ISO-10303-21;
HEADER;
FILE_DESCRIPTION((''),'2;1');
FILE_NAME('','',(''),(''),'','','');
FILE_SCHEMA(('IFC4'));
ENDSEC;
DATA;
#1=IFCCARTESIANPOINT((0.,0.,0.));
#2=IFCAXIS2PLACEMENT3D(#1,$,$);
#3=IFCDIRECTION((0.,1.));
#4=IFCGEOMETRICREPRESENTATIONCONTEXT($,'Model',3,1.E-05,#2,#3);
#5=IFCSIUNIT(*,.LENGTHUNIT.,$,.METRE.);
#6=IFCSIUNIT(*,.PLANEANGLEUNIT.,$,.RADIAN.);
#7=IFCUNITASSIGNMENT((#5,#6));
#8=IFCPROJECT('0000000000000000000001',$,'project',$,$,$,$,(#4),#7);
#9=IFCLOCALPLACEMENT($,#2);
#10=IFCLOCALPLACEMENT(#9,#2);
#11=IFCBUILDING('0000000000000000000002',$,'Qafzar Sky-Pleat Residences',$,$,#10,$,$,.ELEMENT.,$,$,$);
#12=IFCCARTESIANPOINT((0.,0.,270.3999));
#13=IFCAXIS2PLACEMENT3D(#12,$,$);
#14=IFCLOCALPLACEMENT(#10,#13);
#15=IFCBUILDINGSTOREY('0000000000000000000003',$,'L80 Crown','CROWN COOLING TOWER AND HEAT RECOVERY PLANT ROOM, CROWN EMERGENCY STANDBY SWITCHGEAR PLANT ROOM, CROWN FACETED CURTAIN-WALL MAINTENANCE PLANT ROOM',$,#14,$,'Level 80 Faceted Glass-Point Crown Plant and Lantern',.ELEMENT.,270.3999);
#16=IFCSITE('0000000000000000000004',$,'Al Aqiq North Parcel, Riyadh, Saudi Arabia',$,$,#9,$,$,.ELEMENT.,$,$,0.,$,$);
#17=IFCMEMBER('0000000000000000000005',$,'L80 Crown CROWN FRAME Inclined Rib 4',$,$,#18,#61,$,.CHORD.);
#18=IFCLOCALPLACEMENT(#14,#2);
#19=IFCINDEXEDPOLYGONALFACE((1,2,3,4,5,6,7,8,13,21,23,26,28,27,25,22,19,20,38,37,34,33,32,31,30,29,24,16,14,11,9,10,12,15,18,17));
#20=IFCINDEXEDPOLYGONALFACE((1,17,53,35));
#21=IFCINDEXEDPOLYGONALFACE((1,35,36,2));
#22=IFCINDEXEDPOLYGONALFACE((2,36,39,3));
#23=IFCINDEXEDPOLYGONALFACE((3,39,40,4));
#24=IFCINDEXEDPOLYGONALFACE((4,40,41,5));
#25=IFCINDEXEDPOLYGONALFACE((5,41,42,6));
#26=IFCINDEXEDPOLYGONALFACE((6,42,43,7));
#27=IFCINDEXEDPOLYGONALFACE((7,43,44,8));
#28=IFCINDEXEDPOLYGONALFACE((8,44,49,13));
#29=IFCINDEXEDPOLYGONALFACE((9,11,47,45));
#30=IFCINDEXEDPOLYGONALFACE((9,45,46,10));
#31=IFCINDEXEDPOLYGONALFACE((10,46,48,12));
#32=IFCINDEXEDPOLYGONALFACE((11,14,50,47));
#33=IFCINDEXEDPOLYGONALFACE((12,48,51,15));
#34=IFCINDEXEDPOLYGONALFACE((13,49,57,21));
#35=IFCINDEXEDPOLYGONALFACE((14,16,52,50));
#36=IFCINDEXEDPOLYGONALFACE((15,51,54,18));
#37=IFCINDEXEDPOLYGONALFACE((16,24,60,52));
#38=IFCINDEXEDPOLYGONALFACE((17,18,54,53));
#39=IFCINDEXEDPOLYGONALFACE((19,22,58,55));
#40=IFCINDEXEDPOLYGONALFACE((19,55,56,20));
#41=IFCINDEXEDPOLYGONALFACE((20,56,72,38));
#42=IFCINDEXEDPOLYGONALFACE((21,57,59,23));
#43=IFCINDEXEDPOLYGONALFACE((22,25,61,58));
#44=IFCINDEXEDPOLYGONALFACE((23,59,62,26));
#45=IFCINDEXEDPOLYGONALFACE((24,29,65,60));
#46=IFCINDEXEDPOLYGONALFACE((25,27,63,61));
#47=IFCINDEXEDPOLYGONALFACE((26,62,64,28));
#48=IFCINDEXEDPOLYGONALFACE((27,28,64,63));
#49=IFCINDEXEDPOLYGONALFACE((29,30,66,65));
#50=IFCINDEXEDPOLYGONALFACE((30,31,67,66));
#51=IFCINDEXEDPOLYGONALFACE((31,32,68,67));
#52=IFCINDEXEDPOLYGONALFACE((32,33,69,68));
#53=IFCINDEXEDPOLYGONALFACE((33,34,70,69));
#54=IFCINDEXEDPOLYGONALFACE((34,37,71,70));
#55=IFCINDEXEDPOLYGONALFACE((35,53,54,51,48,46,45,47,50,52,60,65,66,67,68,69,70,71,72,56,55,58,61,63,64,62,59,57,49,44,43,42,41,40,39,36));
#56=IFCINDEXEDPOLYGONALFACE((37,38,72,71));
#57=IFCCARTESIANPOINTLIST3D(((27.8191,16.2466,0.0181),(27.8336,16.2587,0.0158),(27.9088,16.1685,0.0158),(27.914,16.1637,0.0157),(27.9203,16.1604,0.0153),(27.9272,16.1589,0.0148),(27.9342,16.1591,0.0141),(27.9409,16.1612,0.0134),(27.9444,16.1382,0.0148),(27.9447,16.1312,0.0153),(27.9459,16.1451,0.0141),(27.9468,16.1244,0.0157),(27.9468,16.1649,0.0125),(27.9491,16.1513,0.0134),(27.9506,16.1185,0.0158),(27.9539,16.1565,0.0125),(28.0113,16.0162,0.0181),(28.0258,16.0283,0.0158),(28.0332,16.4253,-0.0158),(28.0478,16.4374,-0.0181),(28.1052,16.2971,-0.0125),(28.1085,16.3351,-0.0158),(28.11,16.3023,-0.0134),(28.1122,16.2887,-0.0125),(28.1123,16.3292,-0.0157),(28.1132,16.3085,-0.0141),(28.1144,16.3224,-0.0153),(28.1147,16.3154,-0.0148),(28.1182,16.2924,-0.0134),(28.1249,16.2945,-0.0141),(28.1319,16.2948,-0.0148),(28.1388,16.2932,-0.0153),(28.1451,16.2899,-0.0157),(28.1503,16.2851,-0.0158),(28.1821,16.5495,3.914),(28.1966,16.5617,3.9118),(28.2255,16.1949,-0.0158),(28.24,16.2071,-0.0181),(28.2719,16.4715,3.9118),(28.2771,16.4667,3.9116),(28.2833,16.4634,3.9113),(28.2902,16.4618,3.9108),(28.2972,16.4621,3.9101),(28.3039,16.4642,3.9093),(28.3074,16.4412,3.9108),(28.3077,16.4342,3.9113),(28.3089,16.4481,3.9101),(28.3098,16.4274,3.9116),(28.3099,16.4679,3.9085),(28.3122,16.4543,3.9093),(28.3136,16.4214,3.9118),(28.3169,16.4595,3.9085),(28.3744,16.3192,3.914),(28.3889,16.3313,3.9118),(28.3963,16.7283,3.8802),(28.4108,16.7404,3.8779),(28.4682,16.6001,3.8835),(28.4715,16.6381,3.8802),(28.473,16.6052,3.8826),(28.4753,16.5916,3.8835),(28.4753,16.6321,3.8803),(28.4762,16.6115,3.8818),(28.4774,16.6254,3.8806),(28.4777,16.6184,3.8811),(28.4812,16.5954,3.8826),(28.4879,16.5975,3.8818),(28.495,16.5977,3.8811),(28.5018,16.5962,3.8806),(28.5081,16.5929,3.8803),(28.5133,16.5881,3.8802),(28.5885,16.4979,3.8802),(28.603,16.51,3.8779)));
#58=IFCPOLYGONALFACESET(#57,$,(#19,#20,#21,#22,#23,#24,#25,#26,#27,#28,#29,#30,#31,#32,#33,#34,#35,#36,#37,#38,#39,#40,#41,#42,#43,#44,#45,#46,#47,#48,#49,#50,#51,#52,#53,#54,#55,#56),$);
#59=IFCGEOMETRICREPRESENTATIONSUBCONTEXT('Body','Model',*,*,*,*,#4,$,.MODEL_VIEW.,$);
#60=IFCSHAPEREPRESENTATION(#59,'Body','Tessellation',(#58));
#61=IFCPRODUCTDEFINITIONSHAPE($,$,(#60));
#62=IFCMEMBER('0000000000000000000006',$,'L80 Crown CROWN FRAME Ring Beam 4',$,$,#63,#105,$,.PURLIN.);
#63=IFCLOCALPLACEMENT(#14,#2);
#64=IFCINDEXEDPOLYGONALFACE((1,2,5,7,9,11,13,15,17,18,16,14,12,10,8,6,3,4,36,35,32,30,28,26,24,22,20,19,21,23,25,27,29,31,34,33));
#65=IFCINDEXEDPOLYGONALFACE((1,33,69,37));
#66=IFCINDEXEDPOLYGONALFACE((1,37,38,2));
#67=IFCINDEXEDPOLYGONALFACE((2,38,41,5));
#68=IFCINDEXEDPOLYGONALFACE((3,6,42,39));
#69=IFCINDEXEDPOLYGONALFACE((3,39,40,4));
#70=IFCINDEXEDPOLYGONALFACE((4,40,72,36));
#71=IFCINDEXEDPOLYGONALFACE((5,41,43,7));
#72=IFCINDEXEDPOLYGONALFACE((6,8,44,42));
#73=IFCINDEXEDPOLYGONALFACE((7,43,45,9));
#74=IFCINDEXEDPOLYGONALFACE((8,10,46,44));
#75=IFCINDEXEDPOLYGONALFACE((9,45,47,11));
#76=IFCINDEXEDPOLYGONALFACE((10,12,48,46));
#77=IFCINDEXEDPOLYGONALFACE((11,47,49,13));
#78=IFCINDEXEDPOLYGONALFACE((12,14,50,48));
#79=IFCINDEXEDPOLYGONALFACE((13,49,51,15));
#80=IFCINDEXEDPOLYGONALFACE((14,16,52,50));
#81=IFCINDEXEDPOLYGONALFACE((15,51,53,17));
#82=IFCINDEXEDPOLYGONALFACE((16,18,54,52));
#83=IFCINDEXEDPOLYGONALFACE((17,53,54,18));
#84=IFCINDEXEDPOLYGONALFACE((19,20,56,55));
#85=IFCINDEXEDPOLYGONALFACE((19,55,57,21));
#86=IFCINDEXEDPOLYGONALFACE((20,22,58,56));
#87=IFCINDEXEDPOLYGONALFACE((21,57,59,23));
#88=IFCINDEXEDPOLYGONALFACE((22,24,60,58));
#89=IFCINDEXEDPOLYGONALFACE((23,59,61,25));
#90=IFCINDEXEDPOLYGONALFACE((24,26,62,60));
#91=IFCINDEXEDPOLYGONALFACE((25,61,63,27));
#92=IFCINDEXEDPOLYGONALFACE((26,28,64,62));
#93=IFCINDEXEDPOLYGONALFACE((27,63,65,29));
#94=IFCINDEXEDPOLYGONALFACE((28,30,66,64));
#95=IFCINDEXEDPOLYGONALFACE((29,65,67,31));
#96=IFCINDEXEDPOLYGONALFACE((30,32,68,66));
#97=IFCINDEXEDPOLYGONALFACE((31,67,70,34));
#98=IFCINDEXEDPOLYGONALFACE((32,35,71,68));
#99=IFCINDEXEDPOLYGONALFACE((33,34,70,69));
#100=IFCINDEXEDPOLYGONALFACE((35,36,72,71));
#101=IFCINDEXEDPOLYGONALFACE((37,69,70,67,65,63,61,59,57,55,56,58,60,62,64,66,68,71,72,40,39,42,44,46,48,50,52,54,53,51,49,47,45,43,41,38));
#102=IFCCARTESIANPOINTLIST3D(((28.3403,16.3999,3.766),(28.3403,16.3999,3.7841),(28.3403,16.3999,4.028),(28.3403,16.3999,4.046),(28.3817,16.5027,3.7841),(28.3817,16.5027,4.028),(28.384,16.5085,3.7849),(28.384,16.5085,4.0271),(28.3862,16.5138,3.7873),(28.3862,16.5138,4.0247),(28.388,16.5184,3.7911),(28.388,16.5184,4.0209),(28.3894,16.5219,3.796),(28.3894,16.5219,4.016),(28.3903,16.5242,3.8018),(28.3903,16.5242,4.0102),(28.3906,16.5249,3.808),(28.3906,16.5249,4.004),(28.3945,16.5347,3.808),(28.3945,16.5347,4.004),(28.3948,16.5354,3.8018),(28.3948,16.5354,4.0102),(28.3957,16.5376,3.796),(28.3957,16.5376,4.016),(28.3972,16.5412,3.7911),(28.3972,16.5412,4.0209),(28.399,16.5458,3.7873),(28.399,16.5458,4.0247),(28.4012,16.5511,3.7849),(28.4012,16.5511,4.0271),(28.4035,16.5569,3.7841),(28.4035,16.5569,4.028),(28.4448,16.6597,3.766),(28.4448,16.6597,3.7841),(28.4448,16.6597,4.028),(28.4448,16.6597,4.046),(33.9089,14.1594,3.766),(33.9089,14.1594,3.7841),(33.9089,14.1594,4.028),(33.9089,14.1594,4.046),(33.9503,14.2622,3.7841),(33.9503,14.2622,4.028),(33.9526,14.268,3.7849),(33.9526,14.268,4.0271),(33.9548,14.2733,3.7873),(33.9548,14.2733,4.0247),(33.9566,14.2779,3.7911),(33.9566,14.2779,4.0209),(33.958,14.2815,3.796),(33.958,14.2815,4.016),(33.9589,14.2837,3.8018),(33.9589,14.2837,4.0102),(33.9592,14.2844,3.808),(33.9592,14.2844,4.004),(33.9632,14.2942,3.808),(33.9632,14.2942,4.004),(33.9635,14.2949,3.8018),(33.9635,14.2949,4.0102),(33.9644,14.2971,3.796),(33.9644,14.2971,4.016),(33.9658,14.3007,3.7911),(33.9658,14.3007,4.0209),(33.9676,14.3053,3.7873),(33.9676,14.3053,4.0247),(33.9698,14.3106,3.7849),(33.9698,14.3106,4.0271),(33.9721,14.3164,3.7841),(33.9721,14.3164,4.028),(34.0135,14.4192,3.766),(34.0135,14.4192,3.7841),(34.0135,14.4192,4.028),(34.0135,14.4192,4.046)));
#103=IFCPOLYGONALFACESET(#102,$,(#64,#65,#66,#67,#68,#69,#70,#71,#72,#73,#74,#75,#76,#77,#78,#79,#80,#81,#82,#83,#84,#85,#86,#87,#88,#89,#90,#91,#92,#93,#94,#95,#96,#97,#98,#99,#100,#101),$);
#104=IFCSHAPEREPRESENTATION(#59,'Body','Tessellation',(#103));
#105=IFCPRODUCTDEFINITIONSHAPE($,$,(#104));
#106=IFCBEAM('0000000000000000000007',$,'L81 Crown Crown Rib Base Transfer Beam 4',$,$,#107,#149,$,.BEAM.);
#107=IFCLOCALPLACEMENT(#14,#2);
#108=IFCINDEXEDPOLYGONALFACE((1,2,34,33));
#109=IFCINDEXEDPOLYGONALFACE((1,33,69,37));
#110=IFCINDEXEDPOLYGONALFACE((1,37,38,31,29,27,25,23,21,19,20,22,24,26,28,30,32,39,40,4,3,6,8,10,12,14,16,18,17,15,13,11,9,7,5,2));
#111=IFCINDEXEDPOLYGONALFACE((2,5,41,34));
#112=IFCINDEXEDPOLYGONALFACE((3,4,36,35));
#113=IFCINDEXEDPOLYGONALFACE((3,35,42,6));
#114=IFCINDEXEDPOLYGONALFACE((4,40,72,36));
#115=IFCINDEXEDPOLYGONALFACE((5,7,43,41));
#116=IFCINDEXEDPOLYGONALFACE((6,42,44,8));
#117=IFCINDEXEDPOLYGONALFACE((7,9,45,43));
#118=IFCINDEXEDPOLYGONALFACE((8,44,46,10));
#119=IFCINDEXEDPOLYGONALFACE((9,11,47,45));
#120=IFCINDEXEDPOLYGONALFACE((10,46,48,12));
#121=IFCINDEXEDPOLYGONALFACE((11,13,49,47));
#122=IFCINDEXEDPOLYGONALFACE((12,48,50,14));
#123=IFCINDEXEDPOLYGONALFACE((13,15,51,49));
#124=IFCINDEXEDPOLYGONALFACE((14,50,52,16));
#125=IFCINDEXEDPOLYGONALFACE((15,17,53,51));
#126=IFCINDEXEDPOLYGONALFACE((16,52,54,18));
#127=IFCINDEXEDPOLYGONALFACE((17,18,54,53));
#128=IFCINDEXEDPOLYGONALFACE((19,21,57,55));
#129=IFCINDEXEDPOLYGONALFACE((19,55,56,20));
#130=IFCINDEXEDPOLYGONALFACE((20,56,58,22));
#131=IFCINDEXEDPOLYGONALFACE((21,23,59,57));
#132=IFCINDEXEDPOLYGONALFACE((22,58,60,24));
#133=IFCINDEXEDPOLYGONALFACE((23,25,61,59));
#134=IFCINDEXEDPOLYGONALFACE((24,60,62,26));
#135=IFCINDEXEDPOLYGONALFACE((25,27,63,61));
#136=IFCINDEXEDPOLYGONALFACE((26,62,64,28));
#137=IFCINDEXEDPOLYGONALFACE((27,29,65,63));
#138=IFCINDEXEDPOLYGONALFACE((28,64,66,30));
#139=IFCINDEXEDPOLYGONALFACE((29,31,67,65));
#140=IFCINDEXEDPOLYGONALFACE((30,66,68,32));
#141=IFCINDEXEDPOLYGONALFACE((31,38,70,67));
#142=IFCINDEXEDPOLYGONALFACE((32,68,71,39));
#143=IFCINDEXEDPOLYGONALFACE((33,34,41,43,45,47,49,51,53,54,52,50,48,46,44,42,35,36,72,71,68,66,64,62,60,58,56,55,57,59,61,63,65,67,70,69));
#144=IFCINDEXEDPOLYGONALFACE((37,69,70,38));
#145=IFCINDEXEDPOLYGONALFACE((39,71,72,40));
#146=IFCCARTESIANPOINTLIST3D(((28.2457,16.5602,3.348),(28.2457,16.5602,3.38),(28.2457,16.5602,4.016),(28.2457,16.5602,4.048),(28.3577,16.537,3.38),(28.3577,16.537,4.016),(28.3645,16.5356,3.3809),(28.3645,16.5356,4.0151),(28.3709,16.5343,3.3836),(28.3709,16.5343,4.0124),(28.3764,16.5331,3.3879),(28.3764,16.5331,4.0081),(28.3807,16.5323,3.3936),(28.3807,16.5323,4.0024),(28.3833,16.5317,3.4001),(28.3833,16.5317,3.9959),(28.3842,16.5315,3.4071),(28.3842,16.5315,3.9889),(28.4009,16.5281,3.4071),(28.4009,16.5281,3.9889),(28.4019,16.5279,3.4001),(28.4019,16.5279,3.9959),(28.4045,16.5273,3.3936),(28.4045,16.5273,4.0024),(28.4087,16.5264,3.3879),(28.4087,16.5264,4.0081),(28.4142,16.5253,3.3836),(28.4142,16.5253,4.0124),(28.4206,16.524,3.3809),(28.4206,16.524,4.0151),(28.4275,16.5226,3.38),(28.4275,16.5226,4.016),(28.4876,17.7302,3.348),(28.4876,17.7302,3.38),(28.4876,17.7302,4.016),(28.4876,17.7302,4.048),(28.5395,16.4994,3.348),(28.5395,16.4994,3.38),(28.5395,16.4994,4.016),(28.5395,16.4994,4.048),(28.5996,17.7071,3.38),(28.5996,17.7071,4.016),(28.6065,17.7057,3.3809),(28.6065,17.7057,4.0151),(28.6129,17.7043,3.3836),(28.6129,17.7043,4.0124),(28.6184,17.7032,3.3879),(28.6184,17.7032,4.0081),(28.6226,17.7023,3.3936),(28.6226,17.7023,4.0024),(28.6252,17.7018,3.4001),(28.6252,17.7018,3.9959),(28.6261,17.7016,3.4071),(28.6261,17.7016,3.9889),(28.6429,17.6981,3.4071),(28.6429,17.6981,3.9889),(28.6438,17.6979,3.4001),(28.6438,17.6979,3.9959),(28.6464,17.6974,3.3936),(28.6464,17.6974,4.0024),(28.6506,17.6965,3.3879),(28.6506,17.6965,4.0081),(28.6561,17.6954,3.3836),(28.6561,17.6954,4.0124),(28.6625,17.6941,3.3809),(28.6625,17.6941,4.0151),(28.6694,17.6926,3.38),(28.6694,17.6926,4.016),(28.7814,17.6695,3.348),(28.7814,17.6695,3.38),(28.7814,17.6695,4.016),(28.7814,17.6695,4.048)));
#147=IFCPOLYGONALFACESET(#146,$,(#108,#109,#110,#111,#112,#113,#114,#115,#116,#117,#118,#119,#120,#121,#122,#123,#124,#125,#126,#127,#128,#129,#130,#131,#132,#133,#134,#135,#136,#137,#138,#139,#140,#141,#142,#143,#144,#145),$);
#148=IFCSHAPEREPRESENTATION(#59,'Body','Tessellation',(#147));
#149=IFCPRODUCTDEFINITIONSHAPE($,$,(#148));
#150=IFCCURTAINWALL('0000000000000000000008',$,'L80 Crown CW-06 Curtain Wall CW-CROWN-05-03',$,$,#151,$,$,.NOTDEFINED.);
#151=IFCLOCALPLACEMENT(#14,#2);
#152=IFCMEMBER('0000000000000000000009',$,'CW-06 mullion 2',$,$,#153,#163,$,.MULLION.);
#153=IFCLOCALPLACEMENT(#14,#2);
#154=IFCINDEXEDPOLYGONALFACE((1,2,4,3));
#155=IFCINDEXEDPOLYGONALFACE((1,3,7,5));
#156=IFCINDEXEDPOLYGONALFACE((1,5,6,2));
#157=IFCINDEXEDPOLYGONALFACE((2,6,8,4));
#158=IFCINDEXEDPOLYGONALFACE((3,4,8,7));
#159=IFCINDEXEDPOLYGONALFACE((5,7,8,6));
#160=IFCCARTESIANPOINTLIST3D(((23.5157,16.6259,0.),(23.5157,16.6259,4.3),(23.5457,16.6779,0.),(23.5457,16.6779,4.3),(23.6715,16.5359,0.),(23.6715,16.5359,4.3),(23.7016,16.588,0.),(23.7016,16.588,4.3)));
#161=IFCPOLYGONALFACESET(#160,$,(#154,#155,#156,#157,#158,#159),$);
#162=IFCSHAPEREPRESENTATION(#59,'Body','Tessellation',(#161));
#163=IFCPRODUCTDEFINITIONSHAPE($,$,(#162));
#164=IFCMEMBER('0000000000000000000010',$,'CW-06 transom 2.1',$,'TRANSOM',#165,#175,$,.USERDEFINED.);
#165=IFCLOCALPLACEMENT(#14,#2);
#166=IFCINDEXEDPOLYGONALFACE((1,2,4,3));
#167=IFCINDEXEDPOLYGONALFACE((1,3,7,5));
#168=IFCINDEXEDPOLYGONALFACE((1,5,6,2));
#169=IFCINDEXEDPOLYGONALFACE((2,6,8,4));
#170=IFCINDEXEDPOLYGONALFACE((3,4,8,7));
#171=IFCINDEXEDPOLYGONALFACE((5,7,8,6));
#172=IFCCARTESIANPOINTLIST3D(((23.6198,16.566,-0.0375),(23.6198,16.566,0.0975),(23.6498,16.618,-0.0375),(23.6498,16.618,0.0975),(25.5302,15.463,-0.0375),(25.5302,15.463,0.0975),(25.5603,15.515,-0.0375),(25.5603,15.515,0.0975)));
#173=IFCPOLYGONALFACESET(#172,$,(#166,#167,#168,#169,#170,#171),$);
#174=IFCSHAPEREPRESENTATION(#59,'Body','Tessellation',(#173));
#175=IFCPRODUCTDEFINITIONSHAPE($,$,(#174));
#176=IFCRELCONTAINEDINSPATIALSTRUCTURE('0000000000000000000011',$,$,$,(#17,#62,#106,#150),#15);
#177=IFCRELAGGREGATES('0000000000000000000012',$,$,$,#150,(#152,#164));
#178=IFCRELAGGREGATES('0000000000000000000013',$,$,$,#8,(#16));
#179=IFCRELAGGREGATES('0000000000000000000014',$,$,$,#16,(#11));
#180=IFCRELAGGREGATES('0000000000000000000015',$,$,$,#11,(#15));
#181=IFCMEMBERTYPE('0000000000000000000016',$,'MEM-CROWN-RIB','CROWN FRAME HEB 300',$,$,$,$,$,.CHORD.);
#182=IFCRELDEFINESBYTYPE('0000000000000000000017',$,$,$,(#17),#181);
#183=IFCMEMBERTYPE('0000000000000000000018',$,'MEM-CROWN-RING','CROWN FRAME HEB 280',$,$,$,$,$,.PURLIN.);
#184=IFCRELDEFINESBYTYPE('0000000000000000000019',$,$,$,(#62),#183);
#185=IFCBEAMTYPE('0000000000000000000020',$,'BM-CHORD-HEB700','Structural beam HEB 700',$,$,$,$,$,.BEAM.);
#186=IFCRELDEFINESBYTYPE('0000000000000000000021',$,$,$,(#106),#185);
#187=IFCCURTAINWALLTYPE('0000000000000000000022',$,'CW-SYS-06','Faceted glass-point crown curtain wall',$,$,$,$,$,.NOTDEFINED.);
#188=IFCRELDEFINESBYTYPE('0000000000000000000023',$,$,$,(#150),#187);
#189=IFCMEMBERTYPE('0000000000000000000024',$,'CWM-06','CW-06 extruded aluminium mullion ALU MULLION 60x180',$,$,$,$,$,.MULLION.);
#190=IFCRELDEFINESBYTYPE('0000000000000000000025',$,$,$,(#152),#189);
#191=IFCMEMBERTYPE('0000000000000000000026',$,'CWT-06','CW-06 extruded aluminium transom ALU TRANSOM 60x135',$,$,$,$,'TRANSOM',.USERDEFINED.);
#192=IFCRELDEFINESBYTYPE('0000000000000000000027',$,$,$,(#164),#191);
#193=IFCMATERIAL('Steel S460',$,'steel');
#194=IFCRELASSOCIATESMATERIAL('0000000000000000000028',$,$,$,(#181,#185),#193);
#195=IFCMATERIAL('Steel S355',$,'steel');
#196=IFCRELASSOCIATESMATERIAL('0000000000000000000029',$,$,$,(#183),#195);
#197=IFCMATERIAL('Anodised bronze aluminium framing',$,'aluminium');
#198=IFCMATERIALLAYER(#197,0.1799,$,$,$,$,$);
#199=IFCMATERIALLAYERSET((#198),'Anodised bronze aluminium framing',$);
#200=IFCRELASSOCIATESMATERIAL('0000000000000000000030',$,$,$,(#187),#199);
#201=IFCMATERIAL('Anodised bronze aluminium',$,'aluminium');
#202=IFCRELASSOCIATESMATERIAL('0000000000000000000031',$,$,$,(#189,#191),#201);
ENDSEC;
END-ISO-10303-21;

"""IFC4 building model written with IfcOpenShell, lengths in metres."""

from ifc_helpers import new_model, si_unit, direction, frame, origin, origin_2d, place, context, subcontext, project, spatial, rectangle, i_section, extrude, source, transform, mapped, material, layer, layer_set, material_profile, profile_set, type_object, element, aggregate, save


model = new_model("IFC4")

# Units and contexts
model_context = context("Model", 3, precision=1e-05, world=origin(), true_north=direction((0.0, 1.0)))
body_context = subcontext(model_context, "Body", "Model", "MODEL_VIEW")
ifc_project = project(units=[si_unit("LENGTHUNIT", "METRE"), si_unit("PLANEANGLEUNIT", "RADIAN")], contexts=[model_context])

# Site, building, storey
site_placement = place(None, origin())
site = spatial("IfcSite", under=ifc_project, at=site_placement, Name="Al Aqiq North Parcel, Riyadh, Saudi Arabia", CompositionType="ELEMENT", RefElevation=0.0)
building_placement = place(site_placement, origin())
building = spatial("IfcBuilding", under=site, at=building_placement, Name="Qafzar Sky-Pleat Residences", CompositionType="ELEMENT")
storey_placement = place(building_placement, frame((0.0, 0.0, 270.3999)))
storey = spatial("IfcBuildingStorey", under=building, at=storey_placement, Name="L80 Crown", Description="CROWN COOLING TOWER AND HEAT RECOVERY PLANT ROOM, CROWN EMERGENCY STANDBY SWITCHGEAR PLANT ROOM, CROWN FACETED CURTAIN-WALL MAINTENANCE PLANT ROOM", LongName="Level 80 Faceted Glass-Point Crown Plant and Lantern", CompositionType="ELEMENT", Elevation=270.3999)

# Members
ifc_material_1 = material(Name="Steel S460", Category="steel")
ifc_material_profile_1 = material_profile(ifc_material_1, i_section(OverallWidth=0.3, OverallDepth=0.3, WebThickness=0.011, FlangeThickness=0.019, FilletRadius=0.0271, at=origin_2d()), Name="HEB 300")
ifc_profile_set_1 = profile_set([ifc_material_profile_1], Name="Steel S460")
member_type_1 = type_object("IfcMemberType", Name="MEM-CROWN-RIB", Description="CROWN FRAME HEB 300", PredefinedType="CHORD", material=ifc_profile_set_1)
shared_shape_1 = source(origin(), body_context, "Body", "SweptSolid", [
    extrude(i_section(OverallWidth=0.3, OverallDepth=0.3, WebThickness=0.011, FlangeThickness=0.019, FilletRadius=0.0271, at=origin_2d()), origin(), (0.0, 0.0, 1.0), 3.9246),
])
member_1_placement = place(storey_placement, frame((28.0295, 16.2268, 0.0), z_axis=(0.092503, 0.0772, 0.992715), x_axis=(-0.640743, 0.767756, 0.0)))
element("IfcMember", 1, at=member_1_placement, inside=storey, type_object=member_type_1, Name="L80 Crown CROWN FRAME Inclined Rib 4", PredefinedType="CHORD", context=body_context, shape_type="MappedRepresentation", body=[
    mapped(shared_shape_1, transform((0.0, 0.0, 0.0), x_axis=(1.0, 0.0, 0.0), y_axis=(0.0, 1.0, 0.0), z_axis=(0.0, 0.0, 1.0), scale=1.0)),
])
ifc_material_2 = material(Name="Steel S355", Category="steel")
ifc_material_profile_2 = material_profile(ifc_material_2, i_section(OverallWidth=0.28, OverallDepth=0.28, WebThickness=0.0105, FlangeThickness=0.0181, FilletRadius=0.0239, at=origin_2d()), Name="HEB 280")
ifc_profile_set_2 = profile_set([ifc_material_profile_2], Name="Steel S355")
member_type_2 = type_object("IfcMemberType", Name="MEM-CROWN-RING", Description="CROWN FRAME HEB 280", PredefinedType="PURLIN", material=ifc_profile_set_2)
shared_shape_2 = source(origin(), body_context, "Body", "SweptSolid", [
    extrude(i_section(OverallWidth=0.28, OverallDepth=0.28, WebThickness=0.0105, FlangeThickness=0.0181, FilletRadius=0.0239, at=origin_2d()), origin(), (0.0, 0.0, 1.0), 6.0024),
])
member_2_placement = place(storey_placement, frame((28.3926, 16.5298, 3.906), z_axis=(0.927726, -0.373262, 0.0), x_axis=(0.373262, 0.927726, 0.0)))
element("IfcMember", 2, at=member_2_placement, inside=storey, type_object=member_type_2, Name="L80 Crown CROWN FRAME Ring Beam 4", PredefinedType="PURLIN", context=body_context, shape_type="MappedRepresentation", body=[
    mapped(shared_shape_2, transform((0.0, 0.0, 0.0), x_axis=(1.0, 0.0, 0.0), y_axis=(0.0, 1.0, 0.0), z_axis=(0.0, 0.0, 1.0), scale=1.0)),
])

# Beam
ifc_material_profile_3 = material_profile(ifc_material_1, i_section(OverallWidth=0.3, OverallDepth=0.7, WebThickness=0.0171, FlangeThickness=0.032, FilletRadius=0.0271, at=origin_2d()), Name="HEB 700")
ifc_profile_set_3 = profile_set([ifc_material_profile_3], Name="Steel S460")
beam_type = type_object("IfcBeamType", Name="BM-CHORD-HEB700", Description="Structural beam HEB 700", PredefinedType="BEAM", material=ifc_profile_set_3)
shared_shape_3 = source(origin(), body_context, "Body", "SweptSolid", [
    extrude(i_section(OverallWidth=0.3, OverallDepth=0.7, WebThickness=0.0171, FlangeThickness=0.032, FilletRadius=0.0271, at=origin_2d()), origin(), (0.0, 0.0, 1.0), 1.1948),
])
beam_placement = place(storey_placement, frame((28.3926, 16.5298, 3.698), z_axis=(0.202477, 0.979287, 0.0), x_axis=(-0.979287, 0.202477, 0.0)))
element("IfcBeam", 3, at=beam_placement, inside=storey, type_object=beam_type, Name="L81 Crown Crown Rib Base Transfer Beam 4", PredefinedType="BEAM", context=body_context, shape_type="MappedRepresentation", body=[
    mapped(shared_shape_3, transform((0.0, 0.0, 0.0), x_axis=(1.0, 0.0, 0.0), y_axis=(0.0, 1.0, 0.0), z_axis=(0.0, 0.0, 1.0), scale=1.0)),
])

# Curtain wall, members
ifc_material_3 = material(Name="Anodised bronze aluminium framing", Category="aluminium")
ifc_layer_1 = layer(ifc_material_3, 0.1799)
ifc_layer_set_1 = layer_set([ifc_layer_1], Name="Anodised bronze aluminium framing")
curtain_wall_type = type_object("IfcCurtainWallType", Name="CW-SYS-06", Description="Faceted glass-point crown curtain wall", PredefinedType="NOTDEFINED", material=ifc_layer_set_1)
curtain_wall_placement = place(storey_placement, origin())
curtain_wall = element("IfcCurtainWall", 4, at=curtain_wall_placement, inside=storey, type_object=curtain_wall_type, Name="L80 Crown CW-06 Curtain Wall CW-CROWN-05-03", PredefinedType="NOTDEFINED")
ifc_material_4 = material(Name="Anodised bronze aluminium", Category="aluminium")
ifc_material_profile_4 = material_profile(ifc_material_4, rectangle(XDim=0.0601, YDim=0.1799, at=origin_2d()), Name="ALU MULLION 60x180")
ifc_profile_set_4 = profile_set([ifc_material_profile_4], Name="Anodised bronze aluminium")
member_type_3 = type_object("IfcMemberType", Name="CWM-06", Description="CW-06 extruded aluminium mullion ALU MULLION 60x180", PredefinedType="MULLION", material=ifc_profile_set_4)
shared_shape_4 = source(origin(), body_context, "Body", "SweptSolid", [
    extrude(rectangle(XDim=0.0601, YDim=0.1799, at=origin_2d()), origin(), (0.0, 0.0, 1.0), 4.3),
])
member_3_placement = place(storey_placement, frame((23.6086, 16.6069, 0.0), z_axis=(0.0, 0.0, 1.0), x_axis=(0.500003, 0.866024, 0.0)))
member_3 = element("IfcMember", 5, at=member_3_placement, type_object=member_type_3, Name="CW-06 mullion 2", PredefinedType="MULLION", context=body_context, shape_type="MappedRepresentation", body=[
    mapped(shared_shape_4, transform((0.0, 0.0, 0.0), x_axis=(1.0, 0.0, 0.0), y_axis=(0.0, 1.0, 0.0), z_axis=(0.0, 0.0, 1.0), scale=1.0)),
])
ifc_material_profile_5 = material_profile(ifc_material_4, rectangle(XDim=0.0601, YDim=0.135, at=origin_2d()), Name="ALU TRANSOM 60x135")
ifc_profile_set_5 = profile_set([ifc_material_profile_5], Name="Anodised bronze aluminium")
member_type_4 = type_object("IfcMemberType", Name="CWT-06", Description="CW-06 extruded aluminium transom ALU TRANSOM 60x135", ElementType="TRANSOM", PredefinedType="USERDEFINED", material=ifc_profile_set_5)
shared_shape_5 = source(origin(), body_context, "Body", "SweptSolid", [
    extrude(rectangle(XDim=0.0601, YDim=0.135, at=origin_2d()), origin(), (0.0, 0.0, 1.0), 2.2061),
])
member_4_placement = place(storey_placement, frame((23.6348, 16.592, 0.03), z_axis=(0.866014, -0.500019, 0.0), x_axis=(0.500019, 0.866014, 0.0)))
member_4 = element("IfcMember", 6, at=member_4_placement, type_object=member_type_4, Name="CW-06 transom 2.1", ObjectType="TRANSOM", PredefinedType="USERDEFINED", context=body_context, shape_type="MappedRepresentation", body=[
    mapped(shared_shape_5, transform((0.0, 0.0, 0.0), x_axis=(1.0, 0.0, 0.0), y_axis=(0.0, 1.0, 0.0), z_axis=(0.0, 0.0, 1.0), scale=1.0)),
])
aggregate(curtain_wall, [member_3, member_4])

save(model, "model.ifc")
